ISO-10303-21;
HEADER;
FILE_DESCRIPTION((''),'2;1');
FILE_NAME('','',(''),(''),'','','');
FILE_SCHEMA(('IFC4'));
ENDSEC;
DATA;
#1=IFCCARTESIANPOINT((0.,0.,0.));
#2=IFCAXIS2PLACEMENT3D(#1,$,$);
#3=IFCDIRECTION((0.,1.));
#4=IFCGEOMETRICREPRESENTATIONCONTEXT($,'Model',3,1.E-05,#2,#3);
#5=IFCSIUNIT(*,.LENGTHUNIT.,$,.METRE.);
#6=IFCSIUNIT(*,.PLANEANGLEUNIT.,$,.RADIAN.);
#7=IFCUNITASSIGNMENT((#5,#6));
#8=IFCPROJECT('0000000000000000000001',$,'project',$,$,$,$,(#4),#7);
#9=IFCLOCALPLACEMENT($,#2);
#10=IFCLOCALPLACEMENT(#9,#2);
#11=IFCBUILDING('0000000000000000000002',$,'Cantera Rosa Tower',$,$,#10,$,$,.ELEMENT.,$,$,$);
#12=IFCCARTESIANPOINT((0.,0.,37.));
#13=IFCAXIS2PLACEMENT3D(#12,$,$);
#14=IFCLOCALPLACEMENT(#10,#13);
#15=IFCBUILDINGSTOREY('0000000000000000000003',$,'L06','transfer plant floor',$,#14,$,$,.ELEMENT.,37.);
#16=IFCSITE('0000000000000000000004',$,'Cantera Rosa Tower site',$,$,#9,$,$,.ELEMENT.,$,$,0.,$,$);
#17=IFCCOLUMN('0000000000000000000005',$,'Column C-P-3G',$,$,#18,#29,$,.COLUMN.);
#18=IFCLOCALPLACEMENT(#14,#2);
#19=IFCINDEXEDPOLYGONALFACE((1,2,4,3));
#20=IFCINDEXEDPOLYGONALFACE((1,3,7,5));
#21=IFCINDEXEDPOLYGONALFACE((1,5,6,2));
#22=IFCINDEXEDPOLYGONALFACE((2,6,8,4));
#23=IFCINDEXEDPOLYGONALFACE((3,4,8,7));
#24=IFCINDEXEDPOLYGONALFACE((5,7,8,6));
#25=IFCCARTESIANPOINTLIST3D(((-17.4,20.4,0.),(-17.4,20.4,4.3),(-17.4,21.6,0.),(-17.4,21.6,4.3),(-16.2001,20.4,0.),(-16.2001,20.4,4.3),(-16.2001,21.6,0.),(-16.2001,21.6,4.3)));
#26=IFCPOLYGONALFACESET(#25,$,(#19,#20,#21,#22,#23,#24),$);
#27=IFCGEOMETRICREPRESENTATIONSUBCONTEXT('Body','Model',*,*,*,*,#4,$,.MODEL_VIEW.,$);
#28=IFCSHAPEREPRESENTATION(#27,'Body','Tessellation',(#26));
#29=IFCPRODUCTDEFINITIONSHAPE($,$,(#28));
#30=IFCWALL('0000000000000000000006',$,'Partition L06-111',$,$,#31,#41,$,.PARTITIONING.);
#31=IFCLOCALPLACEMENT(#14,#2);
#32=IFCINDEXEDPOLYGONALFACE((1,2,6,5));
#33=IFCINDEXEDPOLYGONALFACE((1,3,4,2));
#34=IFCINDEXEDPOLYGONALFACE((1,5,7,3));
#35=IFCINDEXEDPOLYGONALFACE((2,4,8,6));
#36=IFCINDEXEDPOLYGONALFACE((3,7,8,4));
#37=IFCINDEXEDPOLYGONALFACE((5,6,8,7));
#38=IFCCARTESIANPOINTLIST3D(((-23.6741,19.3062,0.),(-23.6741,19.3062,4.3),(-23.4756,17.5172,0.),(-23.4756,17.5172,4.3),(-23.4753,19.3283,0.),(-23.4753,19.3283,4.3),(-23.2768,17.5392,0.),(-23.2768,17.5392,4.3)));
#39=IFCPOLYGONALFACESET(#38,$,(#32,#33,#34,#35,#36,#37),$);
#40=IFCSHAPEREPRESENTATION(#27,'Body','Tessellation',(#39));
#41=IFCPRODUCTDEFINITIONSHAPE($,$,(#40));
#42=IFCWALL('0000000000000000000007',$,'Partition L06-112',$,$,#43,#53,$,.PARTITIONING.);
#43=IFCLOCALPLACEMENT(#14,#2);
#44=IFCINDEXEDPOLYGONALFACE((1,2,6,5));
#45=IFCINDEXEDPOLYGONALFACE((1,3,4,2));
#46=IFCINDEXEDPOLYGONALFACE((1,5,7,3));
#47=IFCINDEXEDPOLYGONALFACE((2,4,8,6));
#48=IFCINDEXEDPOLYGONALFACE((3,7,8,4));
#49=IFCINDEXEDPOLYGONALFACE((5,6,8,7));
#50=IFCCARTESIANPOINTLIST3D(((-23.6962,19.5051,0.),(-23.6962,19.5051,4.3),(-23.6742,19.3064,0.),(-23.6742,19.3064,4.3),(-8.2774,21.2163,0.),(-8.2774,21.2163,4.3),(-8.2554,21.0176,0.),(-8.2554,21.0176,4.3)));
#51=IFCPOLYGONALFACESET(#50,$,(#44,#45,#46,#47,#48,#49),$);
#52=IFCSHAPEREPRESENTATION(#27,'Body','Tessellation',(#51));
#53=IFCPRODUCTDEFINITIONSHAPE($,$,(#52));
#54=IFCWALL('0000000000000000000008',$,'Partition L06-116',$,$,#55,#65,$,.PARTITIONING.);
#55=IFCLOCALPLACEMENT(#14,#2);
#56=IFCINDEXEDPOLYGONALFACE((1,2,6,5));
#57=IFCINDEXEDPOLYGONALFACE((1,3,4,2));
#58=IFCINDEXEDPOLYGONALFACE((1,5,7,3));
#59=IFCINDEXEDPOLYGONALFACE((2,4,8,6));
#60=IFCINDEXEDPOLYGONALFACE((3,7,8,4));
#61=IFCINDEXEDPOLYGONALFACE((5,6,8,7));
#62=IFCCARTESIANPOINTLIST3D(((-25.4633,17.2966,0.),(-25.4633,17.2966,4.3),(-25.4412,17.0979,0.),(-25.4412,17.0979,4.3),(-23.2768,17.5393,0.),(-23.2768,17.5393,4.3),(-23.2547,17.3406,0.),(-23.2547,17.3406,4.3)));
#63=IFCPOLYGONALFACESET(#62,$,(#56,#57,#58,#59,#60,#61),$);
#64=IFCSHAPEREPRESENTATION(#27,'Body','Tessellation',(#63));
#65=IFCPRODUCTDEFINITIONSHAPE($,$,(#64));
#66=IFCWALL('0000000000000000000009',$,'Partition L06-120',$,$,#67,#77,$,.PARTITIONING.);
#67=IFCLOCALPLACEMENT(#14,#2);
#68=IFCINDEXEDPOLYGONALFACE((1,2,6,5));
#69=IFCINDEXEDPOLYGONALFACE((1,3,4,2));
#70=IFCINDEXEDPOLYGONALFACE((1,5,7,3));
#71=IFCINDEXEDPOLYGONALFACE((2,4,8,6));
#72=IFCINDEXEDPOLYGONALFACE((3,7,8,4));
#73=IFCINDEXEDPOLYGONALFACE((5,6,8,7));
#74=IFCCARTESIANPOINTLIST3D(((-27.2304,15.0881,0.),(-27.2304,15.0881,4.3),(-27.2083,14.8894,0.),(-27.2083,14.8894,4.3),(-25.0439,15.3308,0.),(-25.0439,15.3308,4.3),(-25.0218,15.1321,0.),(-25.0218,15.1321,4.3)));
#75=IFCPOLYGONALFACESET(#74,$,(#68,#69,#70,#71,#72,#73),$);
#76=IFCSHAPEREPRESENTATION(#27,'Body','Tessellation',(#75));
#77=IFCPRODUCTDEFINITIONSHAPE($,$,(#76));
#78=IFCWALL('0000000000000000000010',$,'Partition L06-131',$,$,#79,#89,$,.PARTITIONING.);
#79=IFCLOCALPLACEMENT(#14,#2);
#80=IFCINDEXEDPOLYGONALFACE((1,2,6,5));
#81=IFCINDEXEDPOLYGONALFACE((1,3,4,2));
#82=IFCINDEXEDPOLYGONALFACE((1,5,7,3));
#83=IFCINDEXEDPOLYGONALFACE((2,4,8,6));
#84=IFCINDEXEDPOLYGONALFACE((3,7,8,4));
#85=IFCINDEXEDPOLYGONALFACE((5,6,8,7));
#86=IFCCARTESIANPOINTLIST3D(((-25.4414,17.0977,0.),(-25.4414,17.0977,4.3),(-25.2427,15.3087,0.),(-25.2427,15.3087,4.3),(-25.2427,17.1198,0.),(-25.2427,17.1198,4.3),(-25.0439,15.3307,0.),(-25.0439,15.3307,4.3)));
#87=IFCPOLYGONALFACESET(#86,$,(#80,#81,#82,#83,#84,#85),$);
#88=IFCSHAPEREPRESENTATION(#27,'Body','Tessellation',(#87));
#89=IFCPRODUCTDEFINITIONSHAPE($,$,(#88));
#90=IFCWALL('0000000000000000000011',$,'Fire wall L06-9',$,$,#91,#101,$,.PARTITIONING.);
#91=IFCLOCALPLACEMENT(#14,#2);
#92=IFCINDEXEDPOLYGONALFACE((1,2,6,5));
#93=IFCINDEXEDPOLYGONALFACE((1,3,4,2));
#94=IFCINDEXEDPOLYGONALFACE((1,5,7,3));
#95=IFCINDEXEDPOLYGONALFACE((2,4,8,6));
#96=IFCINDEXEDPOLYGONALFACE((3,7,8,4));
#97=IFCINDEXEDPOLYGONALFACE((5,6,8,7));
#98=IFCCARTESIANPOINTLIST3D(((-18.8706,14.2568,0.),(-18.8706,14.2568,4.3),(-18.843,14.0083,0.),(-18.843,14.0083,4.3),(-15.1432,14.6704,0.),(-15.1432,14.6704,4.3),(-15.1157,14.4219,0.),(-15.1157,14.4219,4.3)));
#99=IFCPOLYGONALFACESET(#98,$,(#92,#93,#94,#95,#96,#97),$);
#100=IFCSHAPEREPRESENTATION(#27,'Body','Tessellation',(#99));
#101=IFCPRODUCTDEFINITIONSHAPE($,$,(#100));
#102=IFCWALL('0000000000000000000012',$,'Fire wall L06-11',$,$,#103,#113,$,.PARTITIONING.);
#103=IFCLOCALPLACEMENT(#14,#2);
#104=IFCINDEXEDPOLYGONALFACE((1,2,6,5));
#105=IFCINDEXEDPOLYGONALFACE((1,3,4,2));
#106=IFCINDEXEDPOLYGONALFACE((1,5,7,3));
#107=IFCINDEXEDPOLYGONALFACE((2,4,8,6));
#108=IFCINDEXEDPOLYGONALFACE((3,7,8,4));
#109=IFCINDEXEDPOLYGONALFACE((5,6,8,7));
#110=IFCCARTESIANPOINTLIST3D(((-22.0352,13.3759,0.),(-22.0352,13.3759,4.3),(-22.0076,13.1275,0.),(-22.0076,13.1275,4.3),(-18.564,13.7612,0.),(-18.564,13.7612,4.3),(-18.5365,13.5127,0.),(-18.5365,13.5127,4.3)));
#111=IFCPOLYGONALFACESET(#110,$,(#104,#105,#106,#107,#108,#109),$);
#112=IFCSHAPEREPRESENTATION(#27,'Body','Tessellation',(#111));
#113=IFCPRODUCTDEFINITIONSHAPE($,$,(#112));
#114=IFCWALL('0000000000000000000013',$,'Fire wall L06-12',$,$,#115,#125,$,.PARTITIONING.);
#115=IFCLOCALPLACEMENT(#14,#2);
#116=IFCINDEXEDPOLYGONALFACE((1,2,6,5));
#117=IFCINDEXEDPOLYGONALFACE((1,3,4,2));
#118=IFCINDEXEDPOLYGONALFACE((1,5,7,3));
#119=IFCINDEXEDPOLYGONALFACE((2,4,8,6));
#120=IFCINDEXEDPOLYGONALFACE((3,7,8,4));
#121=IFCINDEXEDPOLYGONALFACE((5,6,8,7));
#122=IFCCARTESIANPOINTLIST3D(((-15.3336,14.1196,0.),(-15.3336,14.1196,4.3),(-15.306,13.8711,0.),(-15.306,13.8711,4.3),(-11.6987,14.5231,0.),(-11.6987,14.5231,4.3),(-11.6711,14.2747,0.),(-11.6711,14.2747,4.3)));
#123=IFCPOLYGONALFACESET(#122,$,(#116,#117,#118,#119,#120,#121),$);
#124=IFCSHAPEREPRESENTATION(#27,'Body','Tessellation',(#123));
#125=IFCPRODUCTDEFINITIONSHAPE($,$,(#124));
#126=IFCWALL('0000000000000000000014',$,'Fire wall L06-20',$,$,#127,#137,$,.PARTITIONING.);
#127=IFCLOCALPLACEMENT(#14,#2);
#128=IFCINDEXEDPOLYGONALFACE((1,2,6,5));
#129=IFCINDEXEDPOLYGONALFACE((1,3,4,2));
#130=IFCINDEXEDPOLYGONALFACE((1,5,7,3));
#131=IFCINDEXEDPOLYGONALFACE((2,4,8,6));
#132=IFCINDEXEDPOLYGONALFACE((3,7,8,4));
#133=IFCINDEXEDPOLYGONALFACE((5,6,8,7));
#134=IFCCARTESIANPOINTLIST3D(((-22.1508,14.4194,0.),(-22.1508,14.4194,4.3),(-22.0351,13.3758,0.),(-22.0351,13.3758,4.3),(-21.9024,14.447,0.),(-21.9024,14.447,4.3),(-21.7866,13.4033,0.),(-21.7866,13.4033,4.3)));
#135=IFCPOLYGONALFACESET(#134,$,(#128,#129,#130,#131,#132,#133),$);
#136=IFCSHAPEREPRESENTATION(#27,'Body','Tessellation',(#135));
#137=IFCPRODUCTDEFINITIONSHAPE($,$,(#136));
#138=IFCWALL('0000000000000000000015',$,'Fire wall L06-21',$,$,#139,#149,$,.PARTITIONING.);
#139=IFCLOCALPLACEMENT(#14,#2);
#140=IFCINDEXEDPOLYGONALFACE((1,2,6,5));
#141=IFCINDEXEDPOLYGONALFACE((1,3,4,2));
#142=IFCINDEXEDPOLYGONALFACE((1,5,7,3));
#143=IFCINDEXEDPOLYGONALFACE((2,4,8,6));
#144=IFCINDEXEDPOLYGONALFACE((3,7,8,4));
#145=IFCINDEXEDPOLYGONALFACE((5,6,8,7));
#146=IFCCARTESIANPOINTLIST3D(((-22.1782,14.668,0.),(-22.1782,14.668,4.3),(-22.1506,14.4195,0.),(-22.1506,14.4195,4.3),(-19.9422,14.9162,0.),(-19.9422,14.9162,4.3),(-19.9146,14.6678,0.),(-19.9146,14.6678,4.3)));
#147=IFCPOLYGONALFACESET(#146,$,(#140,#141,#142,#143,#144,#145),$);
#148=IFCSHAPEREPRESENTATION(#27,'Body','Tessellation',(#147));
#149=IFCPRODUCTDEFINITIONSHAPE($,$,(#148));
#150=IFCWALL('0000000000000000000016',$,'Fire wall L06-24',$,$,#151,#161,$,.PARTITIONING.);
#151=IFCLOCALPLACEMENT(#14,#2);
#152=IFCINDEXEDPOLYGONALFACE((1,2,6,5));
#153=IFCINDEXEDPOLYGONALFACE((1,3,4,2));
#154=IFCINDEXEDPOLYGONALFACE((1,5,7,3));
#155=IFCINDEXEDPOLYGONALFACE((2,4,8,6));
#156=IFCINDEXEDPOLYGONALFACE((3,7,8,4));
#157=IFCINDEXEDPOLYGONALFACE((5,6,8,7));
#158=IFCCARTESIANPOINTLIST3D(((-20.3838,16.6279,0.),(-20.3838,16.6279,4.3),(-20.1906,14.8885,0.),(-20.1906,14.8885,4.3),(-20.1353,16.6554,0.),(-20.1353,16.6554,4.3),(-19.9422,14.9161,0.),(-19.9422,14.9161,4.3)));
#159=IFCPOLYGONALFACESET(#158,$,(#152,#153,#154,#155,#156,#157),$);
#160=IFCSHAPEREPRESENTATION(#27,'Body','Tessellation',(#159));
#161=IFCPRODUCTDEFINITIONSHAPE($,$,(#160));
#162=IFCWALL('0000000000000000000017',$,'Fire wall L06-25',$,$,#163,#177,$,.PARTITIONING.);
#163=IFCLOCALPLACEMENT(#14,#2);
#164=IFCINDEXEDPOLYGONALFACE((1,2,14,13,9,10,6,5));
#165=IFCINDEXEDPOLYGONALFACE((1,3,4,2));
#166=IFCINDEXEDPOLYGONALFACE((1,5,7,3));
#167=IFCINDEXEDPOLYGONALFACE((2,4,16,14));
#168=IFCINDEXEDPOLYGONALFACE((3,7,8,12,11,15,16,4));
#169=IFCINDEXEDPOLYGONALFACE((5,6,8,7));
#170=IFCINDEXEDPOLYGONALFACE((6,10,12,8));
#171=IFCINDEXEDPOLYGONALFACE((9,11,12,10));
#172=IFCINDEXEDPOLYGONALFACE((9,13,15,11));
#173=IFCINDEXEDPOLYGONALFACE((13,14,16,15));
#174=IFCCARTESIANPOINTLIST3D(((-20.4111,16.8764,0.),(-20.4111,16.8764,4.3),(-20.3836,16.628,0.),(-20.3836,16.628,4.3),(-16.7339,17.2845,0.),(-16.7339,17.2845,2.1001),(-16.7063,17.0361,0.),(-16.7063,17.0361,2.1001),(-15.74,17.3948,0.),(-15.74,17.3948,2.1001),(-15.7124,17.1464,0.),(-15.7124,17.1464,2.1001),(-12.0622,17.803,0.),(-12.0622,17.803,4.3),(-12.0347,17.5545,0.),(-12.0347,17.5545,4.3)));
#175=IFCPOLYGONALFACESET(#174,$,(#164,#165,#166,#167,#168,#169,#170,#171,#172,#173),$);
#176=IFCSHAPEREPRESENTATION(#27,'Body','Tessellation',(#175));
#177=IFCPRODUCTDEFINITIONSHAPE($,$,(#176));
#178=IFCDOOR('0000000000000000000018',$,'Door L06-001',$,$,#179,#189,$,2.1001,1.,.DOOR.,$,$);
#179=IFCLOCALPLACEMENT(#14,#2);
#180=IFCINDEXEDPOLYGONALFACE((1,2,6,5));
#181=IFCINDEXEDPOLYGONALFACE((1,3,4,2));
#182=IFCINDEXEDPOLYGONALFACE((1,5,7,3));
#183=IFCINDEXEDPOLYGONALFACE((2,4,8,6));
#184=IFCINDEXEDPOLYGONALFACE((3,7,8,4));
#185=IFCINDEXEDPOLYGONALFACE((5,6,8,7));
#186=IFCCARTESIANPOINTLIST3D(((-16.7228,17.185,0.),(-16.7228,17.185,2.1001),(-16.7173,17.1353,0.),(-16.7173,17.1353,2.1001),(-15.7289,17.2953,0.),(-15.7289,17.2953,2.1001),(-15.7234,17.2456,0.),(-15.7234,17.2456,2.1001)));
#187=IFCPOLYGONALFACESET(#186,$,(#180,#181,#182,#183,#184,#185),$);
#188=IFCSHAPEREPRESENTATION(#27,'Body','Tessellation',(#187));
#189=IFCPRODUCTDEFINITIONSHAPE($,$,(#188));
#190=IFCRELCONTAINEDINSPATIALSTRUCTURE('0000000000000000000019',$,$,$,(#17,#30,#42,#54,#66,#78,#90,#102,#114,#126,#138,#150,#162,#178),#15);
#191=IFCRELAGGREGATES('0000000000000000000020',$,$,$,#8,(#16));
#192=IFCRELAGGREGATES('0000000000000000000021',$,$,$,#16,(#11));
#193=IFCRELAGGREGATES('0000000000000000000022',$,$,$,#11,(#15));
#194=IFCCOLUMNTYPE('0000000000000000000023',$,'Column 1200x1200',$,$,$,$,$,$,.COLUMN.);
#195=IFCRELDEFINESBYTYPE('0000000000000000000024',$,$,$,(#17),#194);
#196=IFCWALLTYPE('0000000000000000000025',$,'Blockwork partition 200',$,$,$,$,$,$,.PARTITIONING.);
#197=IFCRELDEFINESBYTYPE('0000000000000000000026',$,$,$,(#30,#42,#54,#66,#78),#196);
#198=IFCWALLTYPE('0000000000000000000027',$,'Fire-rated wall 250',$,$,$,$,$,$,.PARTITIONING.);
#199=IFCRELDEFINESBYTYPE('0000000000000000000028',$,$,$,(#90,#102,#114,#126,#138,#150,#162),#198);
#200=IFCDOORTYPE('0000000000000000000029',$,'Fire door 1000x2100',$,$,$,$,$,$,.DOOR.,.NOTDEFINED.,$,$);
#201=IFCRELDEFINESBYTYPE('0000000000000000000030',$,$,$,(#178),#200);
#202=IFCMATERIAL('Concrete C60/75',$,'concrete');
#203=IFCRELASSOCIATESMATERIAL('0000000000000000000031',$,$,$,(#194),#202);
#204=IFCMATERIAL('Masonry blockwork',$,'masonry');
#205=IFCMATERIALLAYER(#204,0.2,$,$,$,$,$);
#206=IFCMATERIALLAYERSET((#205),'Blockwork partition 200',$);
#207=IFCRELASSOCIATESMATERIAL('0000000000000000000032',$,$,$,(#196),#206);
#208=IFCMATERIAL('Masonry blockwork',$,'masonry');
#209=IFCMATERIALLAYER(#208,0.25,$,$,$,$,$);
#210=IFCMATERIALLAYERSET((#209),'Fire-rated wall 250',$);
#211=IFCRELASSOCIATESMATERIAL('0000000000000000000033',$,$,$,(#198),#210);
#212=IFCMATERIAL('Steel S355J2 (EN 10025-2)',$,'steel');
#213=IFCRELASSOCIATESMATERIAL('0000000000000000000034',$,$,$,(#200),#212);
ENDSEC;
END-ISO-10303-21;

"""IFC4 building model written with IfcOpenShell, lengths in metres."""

from ifc_helpers import new_model, si_unit, direction, frame, frame_2d, origin, origin_2d, place, context, subcontext, project, spatial, rectangle, extrude, material, layer, layer_set, material_profile, profile_set, type_object, element, fill, save


model = new_model("IFC4")

# Units and contexts
model_context = context("Model", 3, precision=1e-05, world=origin(), true_north=direction((0.0, 1.0)))
body_context = subcontext(model_context, "Body", "Model", "MODEL_VIEW")
ifc_project = project(units=[si_unit("LENGTHUNIT", "METRE"), si_unit("PLANEANGLEUNIT", "RADIAN")], contexts=[model_context])

# Site, building, storey
site_placement = place(None, origin())
site = spatial("IfcSite", under=ifc_project, at=site_placement, Name="Cantera Rosa Tower site", CompositionType="ELEMENT", RefElevation=0.0)
building_placement = place(site_placement, origin())
building = spatial("IfcBuilding", under=site, at=building_placement, Name="Cantera Rosa Tower", CompositionType="ELEMENT")
storey_placement = place(building_placement, frame((0.0, 0.0, 37.0)))
storey = spatial("IfcBuildingStorey", under=building, at=storey_placement, Name="L06", Description="transfer plant floor", CompositionType="ELEMENT", Elevation=37.0)

# Column
ifc_material_1 = material(Name="Concrete C60/75", Category="concrete")
ifc_material_profile = material_profile(ifc_material_1, rectangle(XDim=1.2, YDim=1.2, at=origin_2d()), Name="Column 1200x1200")
ifc_profile_set = profile_set([ifc_material_profile], Name="Concrete C60/75")
column_type = type_object("IfcColumnType", Name="Column 1200x1200", PredefinedType="COLUMN", material=ifc_profile_set)
column_placement = place(storey_placement, frame((-16.8, 21.0, 0.0), z_axis=(0.0, 0.0, 1.0), x_axis=(1.0, 0.0, 0.0)))
element("IfcColumn", 1, at=column_placement, inside=storey, type_object=column_type, Name="Column C-P-3G", PredefinedType="COLUMN", context=body_context, shape_type="SweptSolid", body=[
    extrude(rectangle(XDim=1.2, YDim=1.2, at=origin_2d()), origin(), (0.0, 0.0, 1.0), 4.3),
])

# Walls
ifc_material_2 = material(Name="Masonry blockwork", Category="masonry")
ifc_layer_1 = layer(ifc_material_2, 0.2)
ifc_layer_set_1 = layer_set([ifc_layer_1], Name="Blockwork partition 200")
wall_type_1 = type_object("IfcWallType", Name="Blockwork partition 200", PredefinedType="PARTITIONING", material=ifc_layer_set_1)
wall_1_placement = place(storey_placement, frame((-23.3762, 17.5283, 0.0), z_axis=(0.0, 0.0, 1.0), x_axis=(-0.110268, 0.993902, 0.0)))
element("IfcWall", 2, at=wall_1_placement, inside=storey, type_object=wall_type_1, Name="Partition L06-111", PredefinedType="PARTITIONING", context=body_context, shape_type="SweptSolid", body=[
    extrude(rectangle(XDim=1.8, YDim=0.2, at=frame_2d((0.8999, 0.0))), origin(), (0.0, 0.0, 1.0), 4.3),
])
wall_2_placement = place(storey_placement, frame((-23.6853, 19.4058, 0.0), z_axis=(0.0, 0.0, 1.0), x_axis=(0.993898, 0.110304, 0.0)))
element("IfcWall", 3, at=wall_2_placement, inside=storey, type_object=wall_type_1, Name="Partition L06-112", PredefinedType="PARTITIONING", context=body_context, shape_type="SweptSolid", body=[
    extrude(rectangle(XDim=15.5134, YDim=0.2, at=frame_2d((7.7568, 0.0))), origin(), (0.0, 0.0, 1.0), 4.3),
])
for number, where, z_axis, x_axis, name in (
    (4, (-25.4524, 17.1973, 0.0), (0.0, 0.0, 1.0), (0.993897, 0.11031, 0.0), "Partition L06-116"),
    (5, (-27.2195, 14.9888, 0.0), (0.0, 0.0, 1.0), (0.993897, 0.11031, 0.0), "Partition L06-120"),
):
    element("IfcWall", number, at=place(storey_placement, frame(where, z_axis=z_axis, x_axis=x_axis)), inside=storey, type_object=wall_type_1, Name=name, PredefinedType="PARTITIONING", context=body_context, shape_type="SweptSolid", body=[
        extrude(rectangle(XDim=2.2, YDim=0.2, at=frame_2d((1.1001, 0.0))), origin(), (0.0, 0.0, 1.0), 4.3),
    ])
wall_3_placement = place(storey_placement, frame((-25.1433, 15.3198, 0.0), z_axis=(0.0, 0.0, 1.0), x_axis=(-0.110402, 0.993887, 0.0)))
element("IfcWall", 6, at=wall_3_placement, inside=storey, type_object=wall_type_1, Name="Partition L06-131", PredefinedType="PARTITIONING", context=body_context, shape_type="SweptSolid", body=[
    extrude(rectangle(XDim=1.8, YDim=0.2, at=frame_2d((0.8999, 0.0))), origin(), (0.0, 0.0, 1.0), 4.3),
])
ifc_material_3 = material(Name="Masonry blockwork", Category="masonry")
ifc_layer_2 = layer(ifc_material_3, 0.25)
ifc_layer_set_2 = layer_set([ifc_layer_2], Name="Fire-rated wall 250")
wall_type_2 = type_object("IfcWallType", Name="Fire-rated wall 250", PredefinedType="PARTITIONING", material=ifc_layer_set_2)
wall_4_placement = place(storey_placement, frame((-18.8567, 14.1326, 0.0), z_axis=(0.0, 0.0, 1.0), x_axis=(0.9939, 0.110281, 0.0)))
element("IfcWall", 7, at=wall_4_placement, inside=storey, type_object=wall_type_2, Name="Fire wall L06-9", PredefinedType="PARTITIONING", context=body_context, shape_type="SweptSolid", body=[
    extrude(rectangle(XDim=3.7502, YDim=0.25, at=frame_2d((1.875, 0.0))), origin(), (0.0, 0.0, 1.0), 4.3),
])
wall_5_placement = place(storey_placement, frame((-22.0212, 13.2517, 0.0), z_axis=(0.0, 0.0, 1.0), x_axis=(0.993897, 0.110309, 0.0)))
element("IfcWall", 8, at=wall_5_placement, inside=storey, type_object=wall_type_2, Name="Fire wall L06-11", PredefinedType="PARTITIONING", context=body_context, shape_type="SweptSolid", body=[
    extrude(rectangle(XDim=3.4924, YDim=0.25, at=frame_2d((1.7461, 0.0))), origin(), (0.0, 0.0, 1.0), 4.3),
])
wall_6_placement = place(storey_placement, frame((-15.3198, 13.9954, 0.0), z_axis=(0.0, 0.0, 1.0), x_axis=(0.993893, 0.110344, 0.0)))
element("IfcWall", 9, at=wall_6_placement, inside=storey, type_object=wall_type_2, Name="Fire wall L06-12", PredefinedType="PARTITIONING", context=body_context, shape_type="SweptSolid", body=[
    extrude(rectangle(XDim=3.6572, YDim=0.25, at=frame_2d((1.8286, 0.0))), origin(), (0.0, 0.0, 1.0), 4.3),
])
wall_7_placement = place(storey_placement, frame((-21.9109, 13.3896, 0.0), z_axis=(0.0, 0.0, 1.0), x_axis=(-0.110202, 0.993909, 0.0)))
element("IfcWall", 10, at=wall_7_placement, inside=storey, type_object=wall_type_2, Name="Fire wall L06-20", PredefinedType="PARTITIONING", context=body_context, shape_type="SweptSolid", body=[
    extrude(rectangle(XDim=1.05, YDim=0.25, at=frame_2d((0.5249, 0.0))), origin(), (0.0, 0.0, 1.0), 4.3),
])
wall_8_placement = place(storey_placement, frame((-22.1646, 14.5437, 0.0), z_axis=(0.0, 0.0, 1.0), x_axis=(0.993892, 0.11036, 0.0)))
element("IfcWall", 11, at=wall_8_placement, inside=storey, type_object=wall_type_2, Name="Fire wall L06-21", PredefinedType="PARTITIONING", context=body_context, shape_type="SweptSolid", body=[
    extrude(rectangle(XDim=2.2498, YDim=0.25, at=frame_2d((1.125, 0.0))), origin(), (0.0, 0.0, 1.0), 4.3),
])
wall_9_placement = place(storey_placement, frame((-20.0664, 14.9023, 0.0), z_axis=(0.0, 0.0, 1.0), x_axis=(-0.110355, 0.993892, 0.0)))
element("IfcWall", 12, at=wall_9_placement, inside=storey, type_object=wall_type_2, Name="Fire wall L06-24", PredefinedType="PARTITIONING", context=body_context, shape_type="SweptSolid", body=[
    extrude(rectangle(XDim=1.75, YDim=0.25, at=frame_2d((0.875, 0.0))), origin(), (0.0, 0.0, 1.0), 4.3),
])

# Wall, opening, door
wall_10_placement = place(storey_placement, frame((-20.3975, 16.7522, 0.0), z_axis=(0.0, 0.0, 1.0), x_axis=(0.993899, 0.110298, 0.0)))
wall_10 = element("IfcWall", 13, at=wall_10_placement, inside=storey, type_object=wall_type_2, Name="Fire wall L06-25", PredefinedType="PARTITIONING", context=body_context, shape_type="SweptSolid", body=[
    extrude(rectangle(XDim=8.4001, YDim=0.25, at=frame_2d((4.2002, 0.0))), origin(), (0.0, 0.0, 1.0), 4.3),
])
opening_placement = place(wall_10_placement, frame((3.7, 0.0, 0.0)))
opening = element("IfcOpeningElement", 14, at=opening_placement, cuts=wall_10, PredefinedType="OPENING", context=body_context, shape_type="SweptSolid", body=[
    extrude(rectangle(XDim=1.0, YDim=2.1001, at=frame_2d((0.5, 1.05))), frame((0.0, 0.135, 0.0), z_axis=(0.0, -1.0, 0.0), x_axis=(1.0, 0.0, 0.0)), (0.0, 0.0, 1.0), 0.27),
])
ifc_material_4 = material(Name="Steel S355J2 (EN 10025-2)", Category="steel")
door_type = type_object("IfcDoorType", Name="Fire door 1000x2100", OperationType="NOTDEFINED", PredefinedType="DOOR", material=ifc_material_4)
door_placement = place(opening_placement, origin())
door = element("IfcDoor", 15, at=door_placement, inside=storey, type_object=door_type, Name="Door L06-001", OverallHeight=2.1001, OverallWidth=1.0, PredefinedType="DOOR", context=body_context, shape_type="SweptSolid", body=[
    extrude(rectangle(XDim=1.0, YDim=2.1001, at=frame_2d((0.5, 1.05))), frame((0.0, 0.0249, 0.0), z_axis=(0.0, -1.0, 0.0), x_axis=(1.0, 0.0, 0.0)), (0.0, 0.0, 1.0), 0.05),
])
fill(opening, door)

save(model, "model.ifc")
